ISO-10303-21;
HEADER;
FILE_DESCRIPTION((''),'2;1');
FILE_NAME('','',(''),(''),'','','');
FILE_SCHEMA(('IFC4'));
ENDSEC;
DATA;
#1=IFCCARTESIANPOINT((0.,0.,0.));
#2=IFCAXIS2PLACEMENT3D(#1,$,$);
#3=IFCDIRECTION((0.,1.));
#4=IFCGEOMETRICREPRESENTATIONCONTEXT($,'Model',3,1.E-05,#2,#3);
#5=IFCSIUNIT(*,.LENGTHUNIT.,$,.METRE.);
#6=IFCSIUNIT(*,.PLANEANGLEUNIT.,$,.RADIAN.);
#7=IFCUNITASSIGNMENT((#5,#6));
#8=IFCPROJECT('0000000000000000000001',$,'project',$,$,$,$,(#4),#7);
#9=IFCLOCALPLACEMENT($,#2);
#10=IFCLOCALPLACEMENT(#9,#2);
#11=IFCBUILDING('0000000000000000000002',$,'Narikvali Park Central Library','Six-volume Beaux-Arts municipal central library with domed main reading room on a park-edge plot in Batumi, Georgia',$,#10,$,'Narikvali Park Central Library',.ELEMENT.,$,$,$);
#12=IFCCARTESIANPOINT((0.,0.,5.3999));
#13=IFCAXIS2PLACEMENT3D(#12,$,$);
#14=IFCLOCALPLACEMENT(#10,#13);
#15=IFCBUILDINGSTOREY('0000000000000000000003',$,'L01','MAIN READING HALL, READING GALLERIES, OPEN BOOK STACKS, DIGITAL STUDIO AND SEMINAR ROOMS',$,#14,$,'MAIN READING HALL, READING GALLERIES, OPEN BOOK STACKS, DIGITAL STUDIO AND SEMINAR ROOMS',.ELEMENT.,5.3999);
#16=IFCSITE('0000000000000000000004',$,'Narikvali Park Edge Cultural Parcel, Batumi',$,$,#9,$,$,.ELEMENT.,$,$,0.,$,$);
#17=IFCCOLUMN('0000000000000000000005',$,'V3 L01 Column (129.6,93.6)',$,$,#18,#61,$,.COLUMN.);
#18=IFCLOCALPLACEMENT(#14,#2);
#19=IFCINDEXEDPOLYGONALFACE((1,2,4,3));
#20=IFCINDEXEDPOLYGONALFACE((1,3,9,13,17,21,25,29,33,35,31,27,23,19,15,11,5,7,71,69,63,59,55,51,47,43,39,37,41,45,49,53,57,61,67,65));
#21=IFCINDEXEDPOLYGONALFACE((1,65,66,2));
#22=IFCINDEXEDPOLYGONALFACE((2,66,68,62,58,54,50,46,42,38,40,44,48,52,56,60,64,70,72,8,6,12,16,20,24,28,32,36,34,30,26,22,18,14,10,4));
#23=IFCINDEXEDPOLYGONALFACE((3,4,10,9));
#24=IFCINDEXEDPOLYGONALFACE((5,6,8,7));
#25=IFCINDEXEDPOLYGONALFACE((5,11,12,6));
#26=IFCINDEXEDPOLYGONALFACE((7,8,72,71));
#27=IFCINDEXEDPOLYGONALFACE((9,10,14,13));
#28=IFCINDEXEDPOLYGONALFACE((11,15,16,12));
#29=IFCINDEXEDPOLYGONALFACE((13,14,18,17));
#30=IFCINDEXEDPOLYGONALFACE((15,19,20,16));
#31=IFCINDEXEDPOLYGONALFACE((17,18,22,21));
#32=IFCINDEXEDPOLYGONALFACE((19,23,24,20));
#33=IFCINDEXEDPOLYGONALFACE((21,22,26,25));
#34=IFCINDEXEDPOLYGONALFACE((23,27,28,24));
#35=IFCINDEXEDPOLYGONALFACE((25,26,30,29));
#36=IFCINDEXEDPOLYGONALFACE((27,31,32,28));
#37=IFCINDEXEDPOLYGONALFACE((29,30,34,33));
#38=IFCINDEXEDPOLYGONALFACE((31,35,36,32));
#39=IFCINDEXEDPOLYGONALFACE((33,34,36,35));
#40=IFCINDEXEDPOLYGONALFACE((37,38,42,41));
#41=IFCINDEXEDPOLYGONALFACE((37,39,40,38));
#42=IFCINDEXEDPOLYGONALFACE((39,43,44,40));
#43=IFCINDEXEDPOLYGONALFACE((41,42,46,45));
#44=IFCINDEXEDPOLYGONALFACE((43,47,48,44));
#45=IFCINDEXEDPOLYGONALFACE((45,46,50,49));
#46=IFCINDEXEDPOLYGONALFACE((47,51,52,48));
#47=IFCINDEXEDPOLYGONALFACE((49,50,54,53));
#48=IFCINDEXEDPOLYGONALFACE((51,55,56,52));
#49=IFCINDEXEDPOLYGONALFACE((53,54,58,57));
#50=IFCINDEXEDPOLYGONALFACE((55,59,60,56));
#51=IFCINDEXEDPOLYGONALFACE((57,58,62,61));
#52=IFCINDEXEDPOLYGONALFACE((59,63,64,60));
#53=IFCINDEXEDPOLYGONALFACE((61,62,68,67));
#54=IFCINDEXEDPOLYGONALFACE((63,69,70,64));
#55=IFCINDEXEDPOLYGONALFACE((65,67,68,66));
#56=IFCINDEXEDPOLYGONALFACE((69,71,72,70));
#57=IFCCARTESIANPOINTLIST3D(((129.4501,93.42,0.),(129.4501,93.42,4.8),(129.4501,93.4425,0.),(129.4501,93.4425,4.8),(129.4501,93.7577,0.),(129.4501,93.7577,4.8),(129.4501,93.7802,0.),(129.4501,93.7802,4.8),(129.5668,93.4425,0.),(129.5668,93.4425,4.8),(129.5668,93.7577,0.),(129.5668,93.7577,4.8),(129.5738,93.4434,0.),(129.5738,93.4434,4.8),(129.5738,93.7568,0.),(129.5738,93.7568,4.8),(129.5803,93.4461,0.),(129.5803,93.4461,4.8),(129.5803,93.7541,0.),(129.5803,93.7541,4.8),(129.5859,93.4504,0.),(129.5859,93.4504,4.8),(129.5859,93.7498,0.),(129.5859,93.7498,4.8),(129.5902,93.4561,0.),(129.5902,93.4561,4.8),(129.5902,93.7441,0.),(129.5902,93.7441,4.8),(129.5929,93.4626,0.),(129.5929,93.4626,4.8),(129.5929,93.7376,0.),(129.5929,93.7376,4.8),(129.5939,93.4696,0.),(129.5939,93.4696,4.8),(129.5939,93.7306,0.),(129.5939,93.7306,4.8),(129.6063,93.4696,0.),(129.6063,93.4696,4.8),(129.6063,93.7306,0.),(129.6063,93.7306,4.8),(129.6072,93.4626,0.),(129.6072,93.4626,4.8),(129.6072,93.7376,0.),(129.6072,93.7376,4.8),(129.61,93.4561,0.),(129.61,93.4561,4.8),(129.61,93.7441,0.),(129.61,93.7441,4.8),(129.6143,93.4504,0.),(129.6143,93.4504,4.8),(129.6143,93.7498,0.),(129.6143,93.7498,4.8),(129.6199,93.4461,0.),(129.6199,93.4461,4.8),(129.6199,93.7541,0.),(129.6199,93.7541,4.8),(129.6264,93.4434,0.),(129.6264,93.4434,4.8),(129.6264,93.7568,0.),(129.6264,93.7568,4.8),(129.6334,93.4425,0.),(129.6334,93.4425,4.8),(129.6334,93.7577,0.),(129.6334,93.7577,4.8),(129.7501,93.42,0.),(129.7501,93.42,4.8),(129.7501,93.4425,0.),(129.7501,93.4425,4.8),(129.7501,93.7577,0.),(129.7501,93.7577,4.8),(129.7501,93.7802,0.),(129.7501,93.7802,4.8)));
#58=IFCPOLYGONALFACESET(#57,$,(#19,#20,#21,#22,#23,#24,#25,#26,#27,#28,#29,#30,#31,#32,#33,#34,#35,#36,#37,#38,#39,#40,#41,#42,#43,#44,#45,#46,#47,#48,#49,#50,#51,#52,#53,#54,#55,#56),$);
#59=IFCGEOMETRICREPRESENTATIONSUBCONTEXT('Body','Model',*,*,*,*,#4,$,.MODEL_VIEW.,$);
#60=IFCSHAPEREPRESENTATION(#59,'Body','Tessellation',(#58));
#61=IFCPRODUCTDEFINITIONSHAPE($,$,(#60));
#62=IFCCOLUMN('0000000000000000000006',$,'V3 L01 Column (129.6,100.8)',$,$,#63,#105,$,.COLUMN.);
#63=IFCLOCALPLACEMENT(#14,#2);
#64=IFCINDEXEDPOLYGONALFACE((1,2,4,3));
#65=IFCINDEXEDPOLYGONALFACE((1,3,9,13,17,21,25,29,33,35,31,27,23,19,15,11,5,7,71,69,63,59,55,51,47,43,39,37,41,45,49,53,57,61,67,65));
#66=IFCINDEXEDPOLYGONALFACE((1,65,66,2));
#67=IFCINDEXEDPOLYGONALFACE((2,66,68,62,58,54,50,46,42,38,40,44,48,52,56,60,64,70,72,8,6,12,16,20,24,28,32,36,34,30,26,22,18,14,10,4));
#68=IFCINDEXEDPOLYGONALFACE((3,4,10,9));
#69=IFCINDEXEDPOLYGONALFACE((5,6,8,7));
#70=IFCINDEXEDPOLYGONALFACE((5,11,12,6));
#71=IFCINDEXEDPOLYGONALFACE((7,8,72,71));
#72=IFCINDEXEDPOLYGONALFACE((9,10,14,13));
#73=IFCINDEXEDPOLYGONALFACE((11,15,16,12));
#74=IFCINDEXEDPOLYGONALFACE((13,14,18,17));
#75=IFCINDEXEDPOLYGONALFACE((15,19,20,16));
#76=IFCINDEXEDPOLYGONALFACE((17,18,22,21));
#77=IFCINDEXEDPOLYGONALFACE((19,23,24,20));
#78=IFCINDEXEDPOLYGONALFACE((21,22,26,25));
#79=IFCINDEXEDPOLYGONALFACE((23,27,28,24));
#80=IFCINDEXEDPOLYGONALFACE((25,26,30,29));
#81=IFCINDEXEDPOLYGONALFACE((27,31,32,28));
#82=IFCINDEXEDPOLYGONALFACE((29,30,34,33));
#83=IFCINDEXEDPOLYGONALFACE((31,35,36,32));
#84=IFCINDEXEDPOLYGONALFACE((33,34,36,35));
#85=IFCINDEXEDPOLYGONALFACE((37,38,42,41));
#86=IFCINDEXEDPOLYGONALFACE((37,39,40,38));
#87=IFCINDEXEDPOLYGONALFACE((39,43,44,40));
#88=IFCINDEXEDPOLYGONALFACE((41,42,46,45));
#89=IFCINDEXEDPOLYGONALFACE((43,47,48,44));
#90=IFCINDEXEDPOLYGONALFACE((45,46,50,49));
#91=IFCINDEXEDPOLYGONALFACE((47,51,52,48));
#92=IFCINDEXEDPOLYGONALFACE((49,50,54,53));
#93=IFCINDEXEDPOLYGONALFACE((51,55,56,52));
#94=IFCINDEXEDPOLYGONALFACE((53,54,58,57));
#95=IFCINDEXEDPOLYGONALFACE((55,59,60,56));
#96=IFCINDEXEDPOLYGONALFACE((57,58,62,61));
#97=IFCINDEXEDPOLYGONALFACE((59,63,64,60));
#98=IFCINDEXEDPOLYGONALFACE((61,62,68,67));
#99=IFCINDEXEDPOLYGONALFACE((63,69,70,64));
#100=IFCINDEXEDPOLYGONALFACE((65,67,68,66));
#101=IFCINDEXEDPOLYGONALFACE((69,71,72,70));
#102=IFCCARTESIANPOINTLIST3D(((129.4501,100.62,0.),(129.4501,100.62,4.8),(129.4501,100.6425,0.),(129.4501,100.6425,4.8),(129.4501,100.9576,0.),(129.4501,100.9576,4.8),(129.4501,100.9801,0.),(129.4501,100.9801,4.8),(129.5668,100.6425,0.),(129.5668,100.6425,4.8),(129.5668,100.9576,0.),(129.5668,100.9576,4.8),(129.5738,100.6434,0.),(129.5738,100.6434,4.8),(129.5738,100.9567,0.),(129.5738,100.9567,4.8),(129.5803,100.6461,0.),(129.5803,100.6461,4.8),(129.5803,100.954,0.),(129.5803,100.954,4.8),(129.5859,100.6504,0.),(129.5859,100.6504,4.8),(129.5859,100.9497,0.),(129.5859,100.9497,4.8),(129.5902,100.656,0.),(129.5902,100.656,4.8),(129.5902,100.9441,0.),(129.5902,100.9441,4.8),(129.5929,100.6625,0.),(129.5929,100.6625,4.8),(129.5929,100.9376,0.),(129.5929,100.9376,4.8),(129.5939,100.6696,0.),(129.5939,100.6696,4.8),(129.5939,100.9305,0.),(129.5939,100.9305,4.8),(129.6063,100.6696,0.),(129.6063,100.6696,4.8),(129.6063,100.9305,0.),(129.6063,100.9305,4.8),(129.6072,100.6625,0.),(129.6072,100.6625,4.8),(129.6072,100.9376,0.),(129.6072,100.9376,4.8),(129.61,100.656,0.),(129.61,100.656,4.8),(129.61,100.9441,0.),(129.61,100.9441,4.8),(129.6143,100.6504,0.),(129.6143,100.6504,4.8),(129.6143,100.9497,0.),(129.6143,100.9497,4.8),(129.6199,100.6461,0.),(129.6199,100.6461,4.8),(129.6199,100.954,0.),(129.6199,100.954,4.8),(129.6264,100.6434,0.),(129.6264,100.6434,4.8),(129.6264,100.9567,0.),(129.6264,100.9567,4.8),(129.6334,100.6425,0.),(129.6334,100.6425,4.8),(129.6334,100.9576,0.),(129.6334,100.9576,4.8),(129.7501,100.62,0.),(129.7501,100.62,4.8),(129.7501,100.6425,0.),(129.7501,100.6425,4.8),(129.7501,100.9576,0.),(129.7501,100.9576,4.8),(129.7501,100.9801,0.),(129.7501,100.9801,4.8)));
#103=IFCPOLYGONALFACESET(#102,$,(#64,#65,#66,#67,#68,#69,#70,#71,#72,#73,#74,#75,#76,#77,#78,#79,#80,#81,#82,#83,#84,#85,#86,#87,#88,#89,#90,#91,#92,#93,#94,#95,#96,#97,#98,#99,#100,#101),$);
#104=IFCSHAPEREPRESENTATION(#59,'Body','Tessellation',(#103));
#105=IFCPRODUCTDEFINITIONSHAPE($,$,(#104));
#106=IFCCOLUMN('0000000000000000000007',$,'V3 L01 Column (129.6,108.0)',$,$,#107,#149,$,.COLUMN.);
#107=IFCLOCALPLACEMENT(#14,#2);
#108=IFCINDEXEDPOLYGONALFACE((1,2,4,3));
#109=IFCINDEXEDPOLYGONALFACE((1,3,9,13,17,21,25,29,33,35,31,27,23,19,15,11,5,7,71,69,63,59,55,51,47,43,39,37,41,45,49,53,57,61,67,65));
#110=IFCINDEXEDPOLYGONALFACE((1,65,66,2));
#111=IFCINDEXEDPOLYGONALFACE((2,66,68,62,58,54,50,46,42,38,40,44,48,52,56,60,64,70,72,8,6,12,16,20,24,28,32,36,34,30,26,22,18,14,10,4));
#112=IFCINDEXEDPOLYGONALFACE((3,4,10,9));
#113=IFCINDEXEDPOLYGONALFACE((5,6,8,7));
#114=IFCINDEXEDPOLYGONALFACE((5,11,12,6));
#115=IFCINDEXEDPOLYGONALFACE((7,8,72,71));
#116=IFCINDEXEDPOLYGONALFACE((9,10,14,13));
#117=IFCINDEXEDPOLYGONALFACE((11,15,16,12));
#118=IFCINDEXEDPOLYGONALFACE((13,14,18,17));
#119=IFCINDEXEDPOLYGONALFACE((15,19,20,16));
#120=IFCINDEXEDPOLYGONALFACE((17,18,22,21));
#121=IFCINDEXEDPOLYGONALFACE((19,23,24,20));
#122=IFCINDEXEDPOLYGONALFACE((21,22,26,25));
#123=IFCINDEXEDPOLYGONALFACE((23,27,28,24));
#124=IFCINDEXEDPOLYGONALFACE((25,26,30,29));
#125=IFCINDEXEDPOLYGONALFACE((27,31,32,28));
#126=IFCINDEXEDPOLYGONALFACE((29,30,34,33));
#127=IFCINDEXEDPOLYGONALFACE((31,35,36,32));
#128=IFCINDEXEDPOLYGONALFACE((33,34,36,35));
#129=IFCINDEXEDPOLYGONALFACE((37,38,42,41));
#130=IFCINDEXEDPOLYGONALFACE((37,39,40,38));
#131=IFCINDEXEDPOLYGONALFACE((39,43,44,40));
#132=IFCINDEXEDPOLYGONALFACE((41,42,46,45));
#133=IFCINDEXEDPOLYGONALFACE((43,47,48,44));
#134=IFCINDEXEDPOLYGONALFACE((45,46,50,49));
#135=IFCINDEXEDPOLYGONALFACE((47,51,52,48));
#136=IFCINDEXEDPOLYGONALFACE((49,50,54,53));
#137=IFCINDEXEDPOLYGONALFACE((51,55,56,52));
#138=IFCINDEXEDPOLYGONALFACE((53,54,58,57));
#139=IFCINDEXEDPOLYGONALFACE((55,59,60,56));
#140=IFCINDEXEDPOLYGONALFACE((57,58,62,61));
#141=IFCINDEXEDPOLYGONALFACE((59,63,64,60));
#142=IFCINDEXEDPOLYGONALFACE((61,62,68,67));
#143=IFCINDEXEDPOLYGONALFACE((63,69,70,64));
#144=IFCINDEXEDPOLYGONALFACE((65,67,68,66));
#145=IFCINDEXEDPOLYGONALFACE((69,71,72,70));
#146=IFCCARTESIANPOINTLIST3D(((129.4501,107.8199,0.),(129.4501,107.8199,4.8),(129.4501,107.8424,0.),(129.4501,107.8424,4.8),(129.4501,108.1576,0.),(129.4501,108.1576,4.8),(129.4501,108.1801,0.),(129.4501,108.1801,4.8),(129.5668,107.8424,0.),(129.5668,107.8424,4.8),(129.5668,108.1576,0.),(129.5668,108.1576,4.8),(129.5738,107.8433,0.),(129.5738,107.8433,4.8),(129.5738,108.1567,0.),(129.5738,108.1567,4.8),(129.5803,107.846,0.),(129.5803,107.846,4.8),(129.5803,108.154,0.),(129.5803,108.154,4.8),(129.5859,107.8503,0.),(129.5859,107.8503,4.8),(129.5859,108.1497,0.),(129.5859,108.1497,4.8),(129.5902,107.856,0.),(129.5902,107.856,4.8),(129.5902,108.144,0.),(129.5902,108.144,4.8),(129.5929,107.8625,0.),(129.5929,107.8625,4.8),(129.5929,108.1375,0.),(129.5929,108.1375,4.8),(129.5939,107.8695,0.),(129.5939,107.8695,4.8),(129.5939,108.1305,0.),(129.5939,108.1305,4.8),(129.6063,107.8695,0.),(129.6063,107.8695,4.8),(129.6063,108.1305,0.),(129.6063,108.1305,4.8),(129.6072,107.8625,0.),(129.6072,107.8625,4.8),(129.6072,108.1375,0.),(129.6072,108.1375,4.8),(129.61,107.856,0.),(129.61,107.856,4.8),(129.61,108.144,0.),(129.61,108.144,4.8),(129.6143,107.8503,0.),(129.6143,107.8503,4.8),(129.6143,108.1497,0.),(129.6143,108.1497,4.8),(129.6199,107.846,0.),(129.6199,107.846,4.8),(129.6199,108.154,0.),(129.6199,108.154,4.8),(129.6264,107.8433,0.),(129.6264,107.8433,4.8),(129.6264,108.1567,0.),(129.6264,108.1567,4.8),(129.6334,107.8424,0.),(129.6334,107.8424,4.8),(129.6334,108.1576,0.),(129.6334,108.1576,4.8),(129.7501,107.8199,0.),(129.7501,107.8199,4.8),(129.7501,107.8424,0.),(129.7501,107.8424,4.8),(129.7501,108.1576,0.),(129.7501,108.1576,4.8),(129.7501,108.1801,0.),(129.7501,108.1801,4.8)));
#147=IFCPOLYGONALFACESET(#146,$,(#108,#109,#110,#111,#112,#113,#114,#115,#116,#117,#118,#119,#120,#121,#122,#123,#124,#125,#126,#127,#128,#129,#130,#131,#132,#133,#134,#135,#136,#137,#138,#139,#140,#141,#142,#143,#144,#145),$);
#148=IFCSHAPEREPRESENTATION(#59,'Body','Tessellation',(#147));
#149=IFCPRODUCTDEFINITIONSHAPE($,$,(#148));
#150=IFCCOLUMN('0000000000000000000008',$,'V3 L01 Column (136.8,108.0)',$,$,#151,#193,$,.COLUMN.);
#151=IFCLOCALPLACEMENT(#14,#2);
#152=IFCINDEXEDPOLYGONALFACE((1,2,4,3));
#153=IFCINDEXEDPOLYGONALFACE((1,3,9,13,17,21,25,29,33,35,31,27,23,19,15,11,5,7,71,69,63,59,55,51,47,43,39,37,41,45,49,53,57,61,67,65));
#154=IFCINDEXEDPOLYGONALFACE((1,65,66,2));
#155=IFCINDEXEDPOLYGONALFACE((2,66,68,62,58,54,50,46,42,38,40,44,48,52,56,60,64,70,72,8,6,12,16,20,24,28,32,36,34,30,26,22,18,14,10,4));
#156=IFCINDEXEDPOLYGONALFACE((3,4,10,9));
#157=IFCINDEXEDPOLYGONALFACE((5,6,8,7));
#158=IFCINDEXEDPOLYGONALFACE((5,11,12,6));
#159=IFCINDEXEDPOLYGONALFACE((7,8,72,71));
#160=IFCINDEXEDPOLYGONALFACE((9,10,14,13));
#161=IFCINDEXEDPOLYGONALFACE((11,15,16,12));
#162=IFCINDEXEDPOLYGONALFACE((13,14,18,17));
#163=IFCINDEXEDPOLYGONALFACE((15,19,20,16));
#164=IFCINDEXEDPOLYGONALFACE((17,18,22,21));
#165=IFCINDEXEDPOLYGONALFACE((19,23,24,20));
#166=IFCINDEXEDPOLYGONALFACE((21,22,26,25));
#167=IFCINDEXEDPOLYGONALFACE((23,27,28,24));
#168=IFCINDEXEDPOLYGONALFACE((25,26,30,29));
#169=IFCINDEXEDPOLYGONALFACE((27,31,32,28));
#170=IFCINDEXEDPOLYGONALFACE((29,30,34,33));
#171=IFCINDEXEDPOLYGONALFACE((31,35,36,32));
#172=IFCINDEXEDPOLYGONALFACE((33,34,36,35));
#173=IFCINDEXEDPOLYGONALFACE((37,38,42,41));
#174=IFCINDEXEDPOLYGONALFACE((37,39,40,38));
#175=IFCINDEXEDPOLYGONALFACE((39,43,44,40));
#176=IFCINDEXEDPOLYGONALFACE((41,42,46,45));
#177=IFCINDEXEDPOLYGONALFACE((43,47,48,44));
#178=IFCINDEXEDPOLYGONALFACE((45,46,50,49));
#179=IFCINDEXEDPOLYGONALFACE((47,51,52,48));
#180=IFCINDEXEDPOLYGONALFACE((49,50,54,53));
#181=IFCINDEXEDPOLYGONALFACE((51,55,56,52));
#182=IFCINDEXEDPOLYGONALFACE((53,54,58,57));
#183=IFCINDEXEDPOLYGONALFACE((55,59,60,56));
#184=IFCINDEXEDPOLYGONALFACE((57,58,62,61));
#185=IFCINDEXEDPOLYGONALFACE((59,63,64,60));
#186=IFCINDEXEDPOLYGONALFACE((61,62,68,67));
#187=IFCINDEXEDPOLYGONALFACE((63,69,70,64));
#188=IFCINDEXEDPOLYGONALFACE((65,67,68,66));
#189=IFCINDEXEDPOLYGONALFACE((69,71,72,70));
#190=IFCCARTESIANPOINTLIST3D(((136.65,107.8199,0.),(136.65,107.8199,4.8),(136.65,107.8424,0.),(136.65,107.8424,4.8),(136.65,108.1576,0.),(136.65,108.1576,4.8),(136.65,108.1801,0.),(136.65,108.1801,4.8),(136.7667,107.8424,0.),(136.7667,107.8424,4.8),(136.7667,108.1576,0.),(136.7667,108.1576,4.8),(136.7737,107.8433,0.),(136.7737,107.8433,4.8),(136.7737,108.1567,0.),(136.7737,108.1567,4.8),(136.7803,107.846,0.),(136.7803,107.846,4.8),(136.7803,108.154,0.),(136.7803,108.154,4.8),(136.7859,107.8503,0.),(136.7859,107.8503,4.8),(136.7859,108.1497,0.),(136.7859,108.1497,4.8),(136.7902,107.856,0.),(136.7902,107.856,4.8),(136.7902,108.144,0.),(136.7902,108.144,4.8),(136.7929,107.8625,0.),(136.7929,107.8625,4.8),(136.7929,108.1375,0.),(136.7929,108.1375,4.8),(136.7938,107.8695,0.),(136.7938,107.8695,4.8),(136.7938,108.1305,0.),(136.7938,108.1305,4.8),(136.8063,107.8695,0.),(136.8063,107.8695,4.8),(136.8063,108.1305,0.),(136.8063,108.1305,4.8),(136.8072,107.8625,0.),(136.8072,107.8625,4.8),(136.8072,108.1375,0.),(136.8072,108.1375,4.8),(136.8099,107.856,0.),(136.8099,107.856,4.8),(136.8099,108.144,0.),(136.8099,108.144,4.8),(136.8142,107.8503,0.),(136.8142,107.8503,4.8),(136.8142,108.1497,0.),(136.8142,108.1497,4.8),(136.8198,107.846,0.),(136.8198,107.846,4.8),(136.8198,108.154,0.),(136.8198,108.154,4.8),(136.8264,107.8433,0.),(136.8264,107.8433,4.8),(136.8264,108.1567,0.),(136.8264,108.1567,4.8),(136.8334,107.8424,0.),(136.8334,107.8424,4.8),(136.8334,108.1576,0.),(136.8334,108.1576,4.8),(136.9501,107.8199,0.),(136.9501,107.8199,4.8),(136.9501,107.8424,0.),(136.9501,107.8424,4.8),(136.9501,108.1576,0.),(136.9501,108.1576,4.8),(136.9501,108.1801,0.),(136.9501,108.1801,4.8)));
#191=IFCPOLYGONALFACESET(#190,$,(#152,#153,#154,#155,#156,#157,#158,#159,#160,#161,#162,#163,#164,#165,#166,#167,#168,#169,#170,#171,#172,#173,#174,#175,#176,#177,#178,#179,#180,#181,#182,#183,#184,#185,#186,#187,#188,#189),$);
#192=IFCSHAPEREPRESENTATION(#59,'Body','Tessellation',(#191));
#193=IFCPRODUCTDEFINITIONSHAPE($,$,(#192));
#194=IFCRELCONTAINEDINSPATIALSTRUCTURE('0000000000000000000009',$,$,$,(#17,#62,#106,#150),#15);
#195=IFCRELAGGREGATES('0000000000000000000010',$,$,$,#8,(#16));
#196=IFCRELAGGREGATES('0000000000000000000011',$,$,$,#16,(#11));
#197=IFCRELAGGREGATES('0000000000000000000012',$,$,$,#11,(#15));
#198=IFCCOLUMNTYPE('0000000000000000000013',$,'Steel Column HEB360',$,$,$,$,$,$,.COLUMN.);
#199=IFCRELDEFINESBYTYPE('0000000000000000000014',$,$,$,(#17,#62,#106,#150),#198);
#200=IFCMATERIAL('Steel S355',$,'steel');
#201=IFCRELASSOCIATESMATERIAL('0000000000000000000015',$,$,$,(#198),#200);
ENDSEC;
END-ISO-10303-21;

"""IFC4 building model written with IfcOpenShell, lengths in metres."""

from ifc_helpers import new_model, si_unit, direction, frame, origin, origin_2d, place, context, subcontext, project, spatial, i_section, extrude, material, material_profile, profile_set, type_object, element, save


model = new_model("IFC4")

# Units and contexts
model_context = context("Model", 3, precision=1e-05, world=origin(), true_north=direction((0.0, 1.0)))
body_context = subcontext(model_context, "Body", "Model", "MODEL_VIEW")
ifc_project = project(units=[si_unit("LENGTHUNIT", "METRE"), si_unit("PLANEANGLEUNIT", "RADIAN")], contexts=[model_context])

# Site, building, storey
site_placement = place(None, origin())
site = spatial("IfcSite", under=ifc_project, at=site_placement, Name="Narikvali Park Edge Cultural Parcel, Batumi", CompositionType="ELEMENT", RefElevation=0.0)
building_placement = place(site_placement, origin())
building = spatial("IfcBuilding", under=site, at=building_placement, Name="Narikvali Park Central Library", Description="Six-volume Beaux-Arts municipal central library with domed main reading room on a park-edge plot in Batumi, Georgia", LongName="Narikvali Park Central Library", CompositionType="ELEMENT")
storey_placement = place(building_placement, frame((0.0, 0.0, 5.3999)))
storey = spatial("IfcBuildingStorey", under=building, at=storey_placement, Name="L01", Description="MAIN READING HALL, READING GALLERIES, OPEN BOOK STACKS, DIGITAL STUDIO AND SEMINAR ROOMS", LongName="MAIN READING HALL, READING GALLERIES, OPEN BOOK STACKS, DIGITAL STUDIO AND SEMINAR ROOMS", CompositionType="ELEMENT", Elevation=5.3999)

# Columns
ifc_material_1 = material(Name="Steel S355", Category="steel")
ifc_material_profile_1 = material_profile(ifc_material_1, i_section(OverallWidth=0.3, OverallDepth=0.3601, WebThickness=0.0125, FlangeThickness=0.0225, FilletRadius=0.0271, at=origin_2d()), Name="HEB 360")
ifc_profile_set_1 = profile_set([ifc_material_profile_1], Name="Steel S355")
column_type = type_object("IfcColumnType", Name="Steel Column HEB360", PredefinedType="COLUMN", material=ifc_profile_set_1)
for number, where, z_axis, x_axis, name in (
    (1, (129.6001, 93.6001, 0.0), (0.0, 0.0, 1.0), (1.0, 0.0, 0.0), "V3 L01 Column (129.6,93.6)"),
    (2, (129.6001, 100.8, 0.0), (0.0, 0.0, 1.0), (1.0, 0.0, 0.0), "V3 L01 Column (129.6,100.8)"),
    (3, (129.6001, 108.0, 0.0), (0.0, 0.0, 1.0), (1.0, 0.0, 0.0), "V3 L01 Column (129.6,108.0)"),
    (4, (136.8, 108.0, 0.0), (0.0, 0.0, 1.0), (1.0, 0.0, 0.0), "V3 L01 Column (136.8,108.0)"),
):
    element("IfcColumn", number, at=place(storey_placement, frame(where, z_axis=z_axis, x_axis=x_axis)), inside=storey, type_object=column_type, Name=name, PredefinedType="COLUMN", context=body_context, shape_type="SweptSolid", body=[
        extrude(i_section(OverallWidth=0.3, OverallDepth=0.3601, WebThickness=0.0125, FlangeThickness=0.0225, FilletRadius=0.0271, at=origin_2d()), origin(), (0.0, 0.0, 1.0), 4.8),
    ])

save(model, "model.ifc")
